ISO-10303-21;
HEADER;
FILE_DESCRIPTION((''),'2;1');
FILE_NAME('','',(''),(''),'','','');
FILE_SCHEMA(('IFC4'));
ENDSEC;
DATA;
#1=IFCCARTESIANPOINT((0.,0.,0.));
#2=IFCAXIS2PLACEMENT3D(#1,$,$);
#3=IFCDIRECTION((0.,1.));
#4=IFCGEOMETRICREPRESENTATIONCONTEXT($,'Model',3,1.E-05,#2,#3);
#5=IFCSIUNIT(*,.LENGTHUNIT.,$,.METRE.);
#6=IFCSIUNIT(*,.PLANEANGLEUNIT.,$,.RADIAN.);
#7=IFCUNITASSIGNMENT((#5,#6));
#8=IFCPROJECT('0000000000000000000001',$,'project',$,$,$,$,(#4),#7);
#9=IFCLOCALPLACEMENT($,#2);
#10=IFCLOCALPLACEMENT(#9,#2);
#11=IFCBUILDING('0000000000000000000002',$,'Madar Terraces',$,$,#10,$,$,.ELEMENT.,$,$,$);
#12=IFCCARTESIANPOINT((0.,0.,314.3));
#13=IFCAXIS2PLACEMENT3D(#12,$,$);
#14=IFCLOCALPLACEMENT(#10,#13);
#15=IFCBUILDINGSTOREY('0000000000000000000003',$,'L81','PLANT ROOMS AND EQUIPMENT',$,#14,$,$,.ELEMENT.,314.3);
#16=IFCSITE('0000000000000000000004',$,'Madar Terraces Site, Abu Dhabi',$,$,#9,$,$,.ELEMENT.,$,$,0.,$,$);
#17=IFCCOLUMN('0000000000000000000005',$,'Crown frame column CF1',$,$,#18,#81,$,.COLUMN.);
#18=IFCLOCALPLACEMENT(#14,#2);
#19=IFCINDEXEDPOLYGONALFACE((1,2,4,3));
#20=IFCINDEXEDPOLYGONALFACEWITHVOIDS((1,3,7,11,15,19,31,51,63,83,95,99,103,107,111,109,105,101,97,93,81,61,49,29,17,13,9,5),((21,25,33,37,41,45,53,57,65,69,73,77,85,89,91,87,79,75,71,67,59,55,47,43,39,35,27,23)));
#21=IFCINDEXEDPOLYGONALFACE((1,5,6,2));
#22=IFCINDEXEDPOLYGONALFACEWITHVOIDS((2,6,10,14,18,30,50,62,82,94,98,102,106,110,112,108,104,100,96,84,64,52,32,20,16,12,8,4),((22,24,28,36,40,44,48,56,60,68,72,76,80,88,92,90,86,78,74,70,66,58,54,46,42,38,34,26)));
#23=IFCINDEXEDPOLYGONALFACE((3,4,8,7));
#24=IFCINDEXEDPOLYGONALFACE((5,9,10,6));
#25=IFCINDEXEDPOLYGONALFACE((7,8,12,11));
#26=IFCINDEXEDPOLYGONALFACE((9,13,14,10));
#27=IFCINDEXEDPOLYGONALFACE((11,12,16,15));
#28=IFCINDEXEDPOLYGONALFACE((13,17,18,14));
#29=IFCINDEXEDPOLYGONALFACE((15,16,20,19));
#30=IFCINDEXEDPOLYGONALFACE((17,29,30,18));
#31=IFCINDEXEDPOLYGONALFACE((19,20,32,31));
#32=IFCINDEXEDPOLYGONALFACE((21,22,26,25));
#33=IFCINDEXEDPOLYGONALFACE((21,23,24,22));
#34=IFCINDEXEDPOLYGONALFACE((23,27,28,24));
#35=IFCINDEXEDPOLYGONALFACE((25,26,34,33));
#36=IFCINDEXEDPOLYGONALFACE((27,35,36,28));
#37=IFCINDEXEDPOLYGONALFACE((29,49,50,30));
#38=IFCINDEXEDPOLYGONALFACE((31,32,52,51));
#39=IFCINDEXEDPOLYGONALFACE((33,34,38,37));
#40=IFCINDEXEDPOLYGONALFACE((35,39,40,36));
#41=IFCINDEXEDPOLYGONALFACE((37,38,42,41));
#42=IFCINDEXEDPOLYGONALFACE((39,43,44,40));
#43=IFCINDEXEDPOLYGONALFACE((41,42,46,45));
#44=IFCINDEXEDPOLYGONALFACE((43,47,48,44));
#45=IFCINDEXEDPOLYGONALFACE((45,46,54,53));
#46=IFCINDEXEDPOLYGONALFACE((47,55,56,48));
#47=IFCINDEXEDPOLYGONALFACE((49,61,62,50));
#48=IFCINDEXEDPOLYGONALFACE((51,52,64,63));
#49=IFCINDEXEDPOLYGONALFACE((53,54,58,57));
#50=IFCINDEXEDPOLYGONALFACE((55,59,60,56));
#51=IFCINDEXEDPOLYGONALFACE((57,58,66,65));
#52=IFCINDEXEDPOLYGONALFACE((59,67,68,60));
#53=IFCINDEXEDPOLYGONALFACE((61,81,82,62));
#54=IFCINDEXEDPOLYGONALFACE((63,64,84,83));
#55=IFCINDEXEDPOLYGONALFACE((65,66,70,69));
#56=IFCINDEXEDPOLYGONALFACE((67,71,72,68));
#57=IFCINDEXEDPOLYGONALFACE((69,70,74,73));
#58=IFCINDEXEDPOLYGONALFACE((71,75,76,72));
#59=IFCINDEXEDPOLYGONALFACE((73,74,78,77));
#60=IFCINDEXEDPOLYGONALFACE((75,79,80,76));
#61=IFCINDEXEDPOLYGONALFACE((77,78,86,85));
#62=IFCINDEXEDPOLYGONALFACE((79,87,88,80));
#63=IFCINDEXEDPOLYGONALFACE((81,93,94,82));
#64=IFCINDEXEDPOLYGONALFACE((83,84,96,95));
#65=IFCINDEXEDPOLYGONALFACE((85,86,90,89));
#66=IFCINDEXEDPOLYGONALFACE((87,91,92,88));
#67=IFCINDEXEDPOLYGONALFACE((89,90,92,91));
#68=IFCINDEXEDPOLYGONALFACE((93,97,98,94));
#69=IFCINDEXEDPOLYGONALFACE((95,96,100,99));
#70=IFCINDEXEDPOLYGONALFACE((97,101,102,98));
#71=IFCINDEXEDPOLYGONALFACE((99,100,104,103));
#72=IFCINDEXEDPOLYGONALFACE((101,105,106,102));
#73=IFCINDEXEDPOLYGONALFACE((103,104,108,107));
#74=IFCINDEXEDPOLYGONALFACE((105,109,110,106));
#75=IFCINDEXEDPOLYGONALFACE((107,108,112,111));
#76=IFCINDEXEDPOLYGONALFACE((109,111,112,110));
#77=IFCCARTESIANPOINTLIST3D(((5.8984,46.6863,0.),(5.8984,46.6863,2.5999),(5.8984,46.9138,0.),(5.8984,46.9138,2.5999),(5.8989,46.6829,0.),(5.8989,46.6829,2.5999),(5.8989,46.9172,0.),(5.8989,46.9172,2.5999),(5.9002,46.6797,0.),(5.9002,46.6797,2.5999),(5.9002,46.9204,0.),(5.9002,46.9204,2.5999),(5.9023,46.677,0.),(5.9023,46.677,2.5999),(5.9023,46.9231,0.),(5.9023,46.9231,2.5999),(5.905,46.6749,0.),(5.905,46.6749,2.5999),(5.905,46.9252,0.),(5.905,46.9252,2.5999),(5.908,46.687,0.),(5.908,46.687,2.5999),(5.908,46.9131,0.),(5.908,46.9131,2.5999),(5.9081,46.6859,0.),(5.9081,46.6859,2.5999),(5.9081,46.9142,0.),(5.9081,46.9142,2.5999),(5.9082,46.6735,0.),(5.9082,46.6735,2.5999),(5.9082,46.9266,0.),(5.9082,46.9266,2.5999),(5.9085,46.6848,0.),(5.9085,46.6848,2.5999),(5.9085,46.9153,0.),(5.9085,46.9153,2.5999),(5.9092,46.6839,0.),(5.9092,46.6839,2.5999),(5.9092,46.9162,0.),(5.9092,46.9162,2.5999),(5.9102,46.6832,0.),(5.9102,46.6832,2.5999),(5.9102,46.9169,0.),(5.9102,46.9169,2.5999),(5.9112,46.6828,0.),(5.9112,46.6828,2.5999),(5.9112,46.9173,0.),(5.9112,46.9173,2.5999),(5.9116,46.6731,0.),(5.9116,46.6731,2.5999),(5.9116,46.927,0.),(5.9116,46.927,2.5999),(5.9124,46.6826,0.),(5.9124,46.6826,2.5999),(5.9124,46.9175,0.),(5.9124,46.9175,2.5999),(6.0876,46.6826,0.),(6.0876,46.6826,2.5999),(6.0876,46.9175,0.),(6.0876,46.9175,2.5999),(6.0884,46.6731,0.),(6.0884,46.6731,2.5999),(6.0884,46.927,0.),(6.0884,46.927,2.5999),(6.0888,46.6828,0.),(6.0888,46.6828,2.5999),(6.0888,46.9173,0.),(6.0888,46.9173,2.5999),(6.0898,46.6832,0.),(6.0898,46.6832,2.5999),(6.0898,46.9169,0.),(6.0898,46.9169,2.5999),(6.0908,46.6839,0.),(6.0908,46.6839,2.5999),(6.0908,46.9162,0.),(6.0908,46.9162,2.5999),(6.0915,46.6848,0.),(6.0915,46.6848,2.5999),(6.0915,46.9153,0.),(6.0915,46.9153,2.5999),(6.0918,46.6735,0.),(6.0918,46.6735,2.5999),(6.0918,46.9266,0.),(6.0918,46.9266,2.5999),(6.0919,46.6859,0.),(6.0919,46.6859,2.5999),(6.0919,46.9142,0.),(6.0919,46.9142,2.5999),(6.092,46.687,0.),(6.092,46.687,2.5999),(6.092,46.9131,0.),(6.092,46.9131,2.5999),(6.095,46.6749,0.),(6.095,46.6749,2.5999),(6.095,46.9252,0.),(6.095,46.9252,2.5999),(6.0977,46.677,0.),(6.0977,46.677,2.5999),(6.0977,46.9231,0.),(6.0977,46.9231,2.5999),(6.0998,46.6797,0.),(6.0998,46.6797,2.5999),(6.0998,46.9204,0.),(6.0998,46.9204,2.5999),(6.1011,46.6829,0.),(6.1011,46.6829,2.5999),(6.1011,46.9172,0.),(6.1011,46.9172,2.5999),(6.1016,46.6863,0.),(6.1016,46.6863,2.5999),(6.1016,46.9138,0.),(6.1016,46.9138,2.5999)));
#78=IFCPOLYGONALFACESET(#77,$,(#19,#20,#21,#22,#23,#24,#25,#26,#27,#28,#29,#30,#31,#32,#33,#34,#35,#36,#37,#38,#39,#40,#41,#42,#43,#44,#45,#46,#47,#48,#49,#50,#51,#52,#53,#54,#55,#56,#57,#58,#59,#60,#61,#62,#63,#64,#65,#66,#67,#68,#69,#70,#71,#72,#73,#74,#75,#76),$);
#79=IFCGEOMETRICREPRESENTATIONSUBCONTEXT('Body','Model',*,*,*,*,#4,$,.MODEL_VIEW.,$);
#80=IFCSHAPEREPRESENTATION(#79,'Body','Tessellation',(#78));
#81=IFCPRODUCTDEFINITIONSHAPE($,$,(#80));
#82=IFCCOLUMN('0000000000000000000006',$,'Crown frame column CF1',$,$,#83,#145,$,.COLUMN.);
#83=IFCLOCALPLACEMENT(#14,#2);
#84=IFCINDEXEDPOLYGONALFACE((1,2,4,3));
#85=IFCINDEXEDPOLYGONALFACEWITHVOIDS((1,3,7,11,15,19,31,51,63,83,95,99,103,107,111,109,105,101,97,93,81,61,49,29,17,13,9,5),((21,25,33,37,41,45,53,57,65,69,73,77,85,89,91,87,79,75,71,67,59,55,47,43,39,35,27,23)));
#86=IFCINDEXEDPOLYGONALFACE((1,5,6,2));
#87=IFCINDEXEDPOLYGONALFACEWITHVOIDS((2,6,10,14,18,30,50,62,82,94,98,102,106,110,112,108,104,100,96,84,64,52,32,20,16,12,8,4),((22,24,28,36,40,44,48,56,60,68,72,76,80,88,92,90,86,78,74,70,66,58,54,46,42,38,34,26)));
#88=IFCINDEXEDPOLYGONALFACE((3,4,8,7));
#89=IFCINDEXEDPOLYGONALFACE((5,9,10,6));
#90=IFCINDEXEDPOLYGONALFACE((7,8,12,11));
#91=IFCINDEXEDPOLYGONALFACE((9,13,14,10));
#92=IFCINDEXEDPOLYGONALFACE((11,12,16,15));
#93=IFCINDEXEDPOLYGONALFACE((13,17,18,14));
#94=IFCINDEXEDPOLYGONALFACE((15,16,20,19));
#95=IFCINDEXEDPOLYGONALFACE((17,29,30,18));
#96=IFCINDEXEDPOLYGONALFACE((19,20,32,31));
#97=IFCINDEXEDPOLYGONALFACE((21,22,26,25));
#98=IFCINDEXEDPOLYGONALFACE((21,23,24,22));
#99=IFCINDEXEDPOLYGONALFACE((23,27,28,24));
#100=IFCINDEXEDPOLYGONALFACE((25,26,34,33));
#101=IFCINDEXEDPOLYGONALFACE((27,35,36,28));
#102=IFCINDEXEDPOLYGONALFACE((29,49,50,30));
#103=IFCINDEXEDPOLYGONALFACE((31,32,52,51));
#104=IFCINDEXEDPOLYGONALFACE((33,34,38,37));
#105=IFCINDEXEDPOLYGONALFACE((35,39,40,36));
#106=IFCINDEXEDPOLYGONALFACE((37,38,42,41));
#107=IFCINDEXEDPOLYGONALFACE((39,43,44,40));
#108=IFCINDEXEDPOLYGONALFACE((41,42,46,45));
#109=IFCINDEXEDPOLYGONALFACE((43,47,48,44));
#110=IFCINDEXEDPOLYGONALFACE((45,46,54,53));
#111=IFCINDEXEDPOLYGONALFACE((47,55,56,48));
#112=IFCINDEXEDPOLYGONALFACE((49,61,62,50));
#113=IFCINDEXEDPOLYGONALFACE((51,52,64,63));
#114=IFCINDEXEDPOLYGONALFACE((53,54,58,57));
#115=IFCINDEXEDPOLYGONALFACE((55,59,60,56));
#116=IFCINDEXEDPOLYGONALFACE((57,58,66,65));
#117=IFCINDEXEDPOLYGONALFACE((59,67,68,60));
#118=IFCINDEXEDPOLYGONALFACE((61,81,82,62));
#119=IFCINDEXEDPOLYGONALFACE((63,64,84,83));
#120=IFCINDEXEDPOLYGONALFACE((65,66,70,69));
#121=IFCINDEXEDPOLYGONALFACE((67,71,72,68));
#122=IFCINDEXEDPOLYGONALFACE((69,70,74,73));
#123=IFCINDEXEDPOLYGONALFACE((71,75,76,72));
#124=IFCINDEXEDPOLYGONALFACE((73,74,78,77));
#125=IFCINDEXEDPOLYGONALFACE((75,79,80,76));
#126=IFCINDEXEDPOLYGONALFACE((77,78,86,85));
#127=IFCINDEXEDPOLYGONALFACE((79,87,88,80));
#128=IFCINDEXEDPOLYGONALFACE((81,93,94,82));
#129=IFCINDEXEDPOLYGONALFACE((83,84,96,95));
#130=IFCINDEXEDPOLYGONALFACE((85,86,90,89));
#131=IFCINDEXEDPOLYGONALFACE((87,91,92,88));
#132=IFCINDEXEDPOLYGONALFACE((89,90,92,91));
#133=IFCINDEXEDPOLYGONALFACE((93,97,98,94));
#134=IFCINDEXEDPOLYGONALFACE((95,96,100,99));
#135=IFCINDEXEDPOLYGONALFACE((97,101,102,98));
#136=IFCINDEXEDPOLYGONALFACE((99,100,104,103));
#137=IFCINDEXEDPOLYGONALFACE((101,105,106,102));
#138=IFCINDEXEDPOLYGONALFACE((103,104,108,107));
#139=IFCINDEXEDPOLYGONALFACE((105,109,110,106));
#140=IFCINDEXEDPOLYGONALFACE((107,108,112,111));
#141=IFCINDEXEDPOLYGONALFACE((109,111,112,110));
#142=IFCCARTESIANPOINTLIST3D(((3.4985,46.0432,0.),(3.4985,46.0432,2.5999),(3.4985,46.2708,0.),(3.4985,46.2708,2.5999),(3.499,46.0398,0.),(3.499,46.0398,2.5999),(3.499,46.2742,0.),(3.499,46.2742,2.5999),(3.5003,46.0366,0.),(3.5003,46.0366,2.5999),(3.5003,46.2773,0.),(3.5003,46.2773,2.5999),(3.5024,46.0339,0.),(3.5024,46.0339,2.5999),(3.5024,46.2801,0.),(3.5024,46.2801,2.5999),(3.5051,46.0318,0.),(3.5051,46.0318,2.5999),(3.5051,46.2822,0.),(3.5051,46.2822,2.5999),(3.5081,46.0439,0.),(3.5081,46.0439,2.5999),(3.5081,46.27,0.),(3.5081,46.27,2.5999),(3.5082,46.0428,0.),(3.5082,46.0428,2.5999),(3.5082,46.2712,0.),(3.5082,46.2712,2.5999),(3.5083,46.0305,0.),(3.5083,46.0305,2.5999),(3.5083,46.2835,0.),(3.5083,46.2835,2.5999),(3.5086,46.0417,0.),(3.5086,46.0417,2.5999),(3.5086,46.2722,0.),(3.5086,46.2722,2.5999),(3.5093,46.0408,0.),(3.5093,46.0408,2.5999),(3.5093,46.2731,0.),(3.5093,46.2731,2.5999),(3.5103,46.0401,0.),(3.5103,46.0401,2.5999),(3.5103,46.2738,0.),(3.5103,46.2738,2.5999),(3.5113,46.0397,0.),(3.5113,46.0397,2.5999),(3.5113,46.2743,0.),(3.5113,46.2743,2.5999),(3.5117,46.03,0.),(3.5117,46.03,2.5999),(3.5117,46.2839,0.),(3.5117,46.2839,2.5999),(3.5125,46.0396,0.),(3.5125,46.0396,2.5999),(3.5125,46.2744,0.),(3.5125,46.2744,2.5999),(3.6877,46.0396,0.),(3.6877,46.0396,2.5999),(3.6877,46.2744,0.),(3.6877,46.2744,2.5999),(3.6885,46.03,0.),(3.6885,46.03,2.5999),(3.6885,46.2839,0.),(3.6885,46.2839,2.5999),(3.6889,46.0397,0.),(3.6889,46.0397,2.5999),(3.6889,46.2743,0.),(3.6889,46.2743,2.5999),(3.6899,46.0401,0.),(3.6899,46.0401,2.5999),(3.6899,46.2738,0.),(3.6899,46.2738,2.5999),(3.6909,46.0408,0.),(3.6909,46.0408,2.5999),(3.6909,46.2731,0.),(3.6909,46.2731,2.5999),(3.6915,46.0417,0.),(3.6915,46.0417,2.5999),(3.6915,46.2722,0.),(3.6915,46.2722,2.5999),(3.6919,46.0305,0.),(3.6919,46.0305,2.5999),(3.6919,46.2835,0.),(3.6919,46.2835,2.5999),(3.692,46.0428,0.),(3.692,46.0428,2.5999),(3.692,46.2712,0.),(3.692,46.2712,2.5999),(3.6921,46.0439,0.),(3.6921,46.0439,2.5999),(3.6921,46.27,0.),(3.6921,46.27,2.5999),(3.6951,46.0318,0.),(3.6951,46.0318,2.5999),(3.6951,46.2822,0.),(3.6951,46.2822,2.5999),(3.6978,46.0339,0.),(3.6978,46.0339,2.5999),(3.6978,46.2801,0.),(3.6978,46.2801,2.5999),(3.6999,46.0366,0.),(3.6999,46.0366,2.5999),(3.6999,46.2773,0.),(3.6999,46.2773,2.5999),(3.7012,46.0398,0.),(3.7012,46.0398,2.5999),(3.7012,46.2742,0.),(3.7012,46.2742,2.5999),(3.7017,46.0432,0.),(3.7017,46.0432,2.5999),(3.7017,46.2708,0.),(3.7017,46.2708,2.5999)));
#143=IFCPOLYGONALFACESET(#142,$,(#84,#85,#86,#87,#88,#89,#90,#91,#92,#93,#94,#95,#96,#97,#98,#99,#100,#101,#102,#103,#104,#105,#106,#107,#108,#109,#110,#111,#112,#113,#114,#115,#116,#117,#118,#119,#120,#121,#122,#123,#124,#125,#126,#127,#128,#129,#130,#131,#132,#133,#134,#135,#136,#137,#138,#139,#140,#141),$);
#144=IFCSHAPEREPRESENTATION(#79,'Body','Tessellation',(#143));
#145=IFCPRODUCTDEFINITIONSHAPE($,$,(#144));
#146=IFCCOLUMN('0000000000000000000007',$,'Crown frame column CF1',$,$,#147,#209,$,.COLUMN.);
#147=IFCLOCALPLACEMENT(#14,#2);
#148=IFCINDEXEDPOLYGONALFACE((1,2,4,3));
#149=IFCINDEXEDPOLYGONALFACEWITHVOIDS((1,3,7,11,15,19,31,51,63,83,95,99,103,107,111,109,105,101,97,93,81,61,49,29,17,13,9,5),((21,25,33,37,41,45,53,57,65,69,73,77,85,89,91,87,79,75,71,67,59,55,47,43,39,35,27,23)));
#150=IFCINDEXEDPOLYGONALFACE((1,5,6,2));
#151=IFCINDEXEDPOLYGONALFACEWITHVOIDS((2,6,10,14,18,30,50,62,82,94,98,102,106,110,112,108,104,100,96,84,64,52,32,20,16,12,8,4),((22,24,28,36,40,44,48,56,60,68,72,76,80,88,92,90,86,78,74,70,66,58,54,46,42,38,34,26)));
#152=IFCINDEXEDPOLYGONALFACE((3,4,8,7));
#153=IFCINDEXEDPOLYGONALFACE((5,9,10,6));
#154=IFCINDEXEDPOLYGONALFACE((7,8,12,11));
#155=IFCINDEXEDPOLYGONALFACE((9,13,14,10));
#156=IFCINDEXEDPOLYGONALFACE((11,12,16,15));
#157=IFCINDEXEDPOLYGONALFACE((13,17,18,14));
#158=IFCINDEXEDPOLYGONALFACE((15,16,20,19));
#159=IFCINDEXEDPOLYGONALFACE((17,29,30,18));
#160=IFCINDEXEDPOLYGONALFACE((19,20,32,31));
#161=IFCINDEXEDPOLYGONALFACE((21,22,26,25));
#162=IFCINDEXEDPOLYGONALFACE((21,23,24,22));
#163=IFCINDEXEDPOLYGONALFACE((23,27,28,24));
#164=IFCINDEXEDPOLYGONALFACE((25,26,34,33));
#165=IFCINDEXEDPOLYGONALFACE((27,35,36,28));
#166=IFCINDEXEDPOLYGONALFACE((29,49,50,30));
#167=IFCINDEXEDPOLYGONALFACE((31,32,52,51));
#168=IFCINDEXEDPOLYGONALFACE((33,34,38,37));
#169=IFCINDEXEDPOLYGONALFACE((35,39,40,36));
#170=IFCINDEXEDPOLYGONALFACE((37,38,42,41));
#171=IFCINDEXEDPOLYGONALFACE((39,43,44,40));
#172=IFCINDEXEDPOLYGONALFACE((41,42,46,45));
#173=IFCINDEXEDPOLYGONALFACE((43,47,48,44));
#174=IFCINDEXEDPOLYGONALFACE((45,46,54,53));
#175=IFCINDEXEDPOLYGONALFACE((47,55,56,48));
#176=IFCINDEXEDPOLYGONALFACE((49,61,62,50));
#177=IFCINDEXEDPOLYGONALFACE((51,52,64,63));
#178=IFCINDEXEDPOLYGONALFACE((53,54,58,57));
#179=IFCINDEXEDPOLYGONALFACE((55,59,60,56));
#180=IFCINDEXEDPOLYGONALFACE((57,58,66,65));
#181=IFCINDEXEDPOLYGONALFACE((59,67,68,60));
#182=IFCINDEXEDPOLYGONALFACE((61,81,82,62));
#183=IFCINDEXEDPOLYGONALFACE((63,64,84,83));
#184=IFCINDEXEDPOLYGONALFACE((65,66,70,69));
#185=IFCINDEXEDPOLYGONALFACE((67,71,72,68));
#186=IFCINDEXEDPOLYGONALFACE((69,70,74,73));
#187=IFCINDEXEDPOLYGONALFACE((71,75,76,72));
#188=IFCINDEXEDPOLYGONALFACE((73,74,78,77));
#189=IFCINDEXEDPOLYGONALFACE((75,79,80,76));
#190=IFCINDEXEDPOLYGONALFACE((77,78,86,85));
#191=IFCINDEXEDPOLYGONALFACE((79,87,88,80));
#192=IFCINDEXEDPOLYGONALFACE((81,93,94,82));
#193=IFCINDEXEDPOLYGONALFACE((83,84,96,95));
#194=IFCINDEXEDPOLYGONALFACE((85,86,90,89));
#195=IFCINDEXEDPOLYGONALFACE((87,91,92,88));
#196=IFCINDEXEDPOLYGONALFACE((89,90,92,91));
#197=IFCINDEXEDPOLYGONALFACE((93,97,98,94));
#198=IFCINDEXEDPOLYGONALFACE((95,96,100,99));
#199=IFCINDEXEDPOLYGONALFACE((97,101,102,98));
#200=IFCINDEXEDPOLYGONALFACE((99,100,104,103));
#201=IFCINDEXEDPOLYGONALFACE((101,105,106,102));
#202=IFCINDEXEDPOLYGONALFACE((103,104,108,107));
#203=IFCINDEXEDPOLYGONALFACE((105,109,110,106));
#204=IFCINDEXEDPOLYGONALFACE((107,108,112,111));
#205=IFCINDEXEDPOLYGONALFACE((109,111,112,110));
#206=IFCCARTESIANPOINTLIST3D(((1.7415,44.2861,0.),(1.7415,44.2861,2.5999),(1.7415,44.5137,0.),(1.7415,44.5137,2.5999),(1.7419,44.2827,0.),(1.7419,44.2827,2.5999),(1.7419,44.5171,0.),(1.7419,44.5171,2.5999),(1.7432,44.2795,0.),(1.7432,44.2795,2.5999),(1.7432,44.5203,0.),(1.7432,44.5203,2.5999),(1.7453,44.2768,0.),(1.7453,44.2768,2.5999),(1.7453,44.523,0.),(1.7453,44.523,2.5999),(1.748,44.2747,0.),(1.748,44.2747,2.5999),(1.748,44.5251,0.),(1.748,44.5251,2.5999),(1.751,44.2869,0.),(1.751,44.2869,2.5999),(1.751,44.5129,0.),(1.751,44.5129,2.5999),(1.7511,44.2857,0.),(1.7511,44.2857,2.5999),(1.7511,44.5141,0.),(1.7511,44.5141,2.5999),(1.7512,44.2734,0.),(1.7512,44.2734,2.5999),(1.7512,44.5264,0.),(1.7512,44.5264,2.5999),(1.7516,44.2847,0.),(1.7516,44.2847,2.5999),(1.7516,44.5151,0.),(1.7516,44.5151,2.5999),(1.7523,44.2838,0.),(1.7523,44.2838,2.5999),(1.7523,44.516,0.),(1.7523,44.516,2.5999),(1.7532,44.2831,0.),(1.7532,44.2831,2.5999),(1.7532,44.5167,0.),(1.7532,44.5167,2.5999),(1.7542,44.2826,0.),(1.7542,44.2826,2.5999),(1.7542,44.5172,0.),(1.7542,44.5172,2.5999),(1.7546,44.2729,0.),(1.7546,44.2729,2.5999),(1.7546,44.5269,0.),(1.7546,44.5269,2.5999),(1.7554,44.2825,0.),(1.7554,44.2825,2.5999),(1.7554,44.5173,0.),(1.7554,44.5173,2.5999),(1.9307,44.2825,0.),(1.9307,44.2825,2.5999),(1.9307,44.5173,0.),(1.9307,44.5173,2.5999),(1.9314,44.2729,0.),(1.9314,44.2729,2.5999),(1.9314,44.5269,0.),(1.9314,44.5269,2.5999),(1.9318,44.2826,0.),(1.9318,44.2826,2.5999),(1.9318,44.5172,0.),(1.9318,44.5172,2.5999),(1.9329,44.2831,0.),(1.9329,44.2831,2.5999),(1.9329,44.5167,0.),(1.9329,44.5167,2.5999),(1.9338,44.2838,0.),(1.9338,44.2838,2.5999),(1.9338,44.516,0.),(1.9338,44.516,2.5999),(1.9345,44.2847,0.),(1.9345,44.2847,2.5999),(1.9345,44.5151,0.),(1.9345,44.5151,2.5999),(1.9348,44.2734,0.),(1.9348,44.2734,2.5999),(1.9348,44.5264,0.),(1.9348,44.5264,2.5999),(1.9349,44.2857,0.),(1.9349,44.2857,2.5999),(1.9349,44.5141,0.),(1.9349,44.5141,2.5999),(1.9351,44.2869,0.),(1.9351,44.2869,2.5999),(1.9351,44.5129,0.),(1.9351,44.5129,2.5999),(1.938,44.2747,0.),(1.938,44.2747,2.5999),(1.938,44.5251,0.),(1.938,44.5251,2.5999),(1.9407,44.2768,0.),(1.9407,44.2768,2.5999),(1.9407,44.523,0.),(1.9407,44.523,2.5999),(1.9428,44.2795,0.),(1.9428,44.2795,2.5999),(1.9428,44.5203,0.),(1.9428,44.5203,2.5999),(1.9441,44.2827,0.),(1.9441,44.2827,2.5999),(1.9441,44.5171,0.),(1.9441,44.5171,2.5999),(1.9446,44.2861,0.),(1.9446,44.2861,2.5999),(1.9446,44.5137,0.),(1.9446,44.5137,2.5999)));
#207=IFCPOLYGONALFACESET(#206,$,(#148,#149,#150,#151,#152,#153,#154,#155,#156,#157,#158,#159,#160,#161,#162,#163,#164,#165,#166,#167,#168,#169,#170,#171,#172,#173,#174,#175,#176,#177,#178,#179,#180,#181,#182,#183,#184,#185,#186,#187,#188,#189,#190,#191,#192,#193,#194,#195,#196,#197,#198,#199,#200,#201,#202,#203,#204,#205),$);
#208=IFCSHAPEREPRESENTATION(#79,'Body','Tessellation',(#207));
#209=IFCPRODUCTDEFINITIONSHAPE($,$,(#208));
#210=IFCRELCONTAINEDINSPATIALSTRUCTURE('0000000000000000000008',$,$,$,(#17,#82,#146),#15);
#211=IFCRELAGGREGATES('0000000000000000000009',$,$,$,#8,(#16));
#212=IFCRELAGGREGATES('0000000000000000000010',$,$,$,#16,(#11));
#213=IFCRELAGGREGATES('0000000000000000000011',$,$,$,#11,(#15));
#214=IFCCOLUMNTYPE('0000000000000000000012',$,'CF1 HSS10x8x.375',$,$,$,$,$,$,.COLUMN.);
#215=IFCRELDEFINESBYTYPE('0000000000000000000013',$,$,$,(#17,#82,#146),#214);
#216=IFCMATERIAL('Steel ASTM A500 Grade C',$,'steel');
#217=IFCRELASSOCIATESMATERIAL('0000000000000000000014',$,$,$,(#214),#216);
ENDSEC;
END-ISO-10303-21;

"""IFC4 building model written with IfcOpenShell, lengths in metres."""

from ifc_helpers import new_model, si_unit, direction, frame, origin, origin_2d, place, context, subcontext, project, spatial, hollow_rectangle, extrude, material, material_profile, profile_set, type_object, element, save


model = new_model("IFC4")

# Units and contexts
model_context = context("Model", 3, precision=1e-05, world=origin(), true_north=direction((0.0, 1.0)))
body_context = subcontext(model_context, "Body", "Model", "MODEL_VIEW")
ifc_project = project(units=[si_unit("LENGTHUNIT", "METRE"), si_unit("PLANEANGLEUNIT", "RADIAN")], contexts=[model_context])

# Site, building, storey
site_placement = place(None, origin())
site = spatial("IfcSite", under=ifc_project, at=site_placement, Name="Madar Terraces Site, Abu Dhabi", CompositionType="ELEMENT", RefElevation=0.0)
building_placement = place(site_placement, origin())
building = spatial("IfcBuilding", under=site, at=building_placement, Name="Madar Terraces", CompositionType="ELEMENT")
storey_placement = place(building_placement, frame((0.0, 0.0, 314.3)))
storey = spatial("IfcBuildingStorey", under=building, at=storey_placement, Name="L81", Description="PLANT ROOMS AND EQUIPMENT", CompositionType="ELEMENT", Elevation=314.3)

# Columns
ifc_material_1 = material(Name="Steel ASTM A500 Grade C", Category="steel")
ifc_material_profile_1 = material_profile(ifc_material_1, hollow_rectangle(XDim=0.2031, YDim=0.2539, WallThickness=0.0095, InnerFilletRadius=0.0044, OuterFilletRadius=0.0132, at=origin_2d()), Name="HSS10x8x.375")
ifc_profile_set_1 = profile_set([ifc_material_profile_1], Name="Steel ASTM A500 Grade C")
column_type = type_object("IfcColumnType", Name="CF1 HSS10x8x.375", PredefinedType="COLUMN", material=ifc_profile_set_1)
for number, where, z_axis, x_axis, name in (
    (1, (6.0, 46.8, 0.0), (0.0, 0.0, 1.0), (1.0, 0.0, 0.0), "Crown frame column CF1"),
    (2, (3.6001, 46.157, 0.0), (0.0, 0.0, 1.0), (1.0, 0.0, 0.0), "Crown frame column CF1"),
    (3, (1.843, 44.3999, 0.0), (0.0, 0.0, 1.0), (1.0, 0.0, 0.0), "Crown frame column CF1"),
):
    element("IfcColumn", number, at=place(storey_placement, frame(where, z_axis=z_axis, x_axis=x_axis)), inside=storey, type_object=column_type, Name=name, PredefinedType="COLUMN", context=body_context, shape_type="SweptSolid", body=[
        extrude(hollow_rectangle(XDim=0.2031, YDim=0.2539, WallThickness=0.0095, InnerFilletRadius=0.0044, OuterFilletRadius=0.0132, at=origin_2d()), origin(), (0.0, 0.0, 1.0), 2.5999),
    ])

save(model, "model.ifc")
